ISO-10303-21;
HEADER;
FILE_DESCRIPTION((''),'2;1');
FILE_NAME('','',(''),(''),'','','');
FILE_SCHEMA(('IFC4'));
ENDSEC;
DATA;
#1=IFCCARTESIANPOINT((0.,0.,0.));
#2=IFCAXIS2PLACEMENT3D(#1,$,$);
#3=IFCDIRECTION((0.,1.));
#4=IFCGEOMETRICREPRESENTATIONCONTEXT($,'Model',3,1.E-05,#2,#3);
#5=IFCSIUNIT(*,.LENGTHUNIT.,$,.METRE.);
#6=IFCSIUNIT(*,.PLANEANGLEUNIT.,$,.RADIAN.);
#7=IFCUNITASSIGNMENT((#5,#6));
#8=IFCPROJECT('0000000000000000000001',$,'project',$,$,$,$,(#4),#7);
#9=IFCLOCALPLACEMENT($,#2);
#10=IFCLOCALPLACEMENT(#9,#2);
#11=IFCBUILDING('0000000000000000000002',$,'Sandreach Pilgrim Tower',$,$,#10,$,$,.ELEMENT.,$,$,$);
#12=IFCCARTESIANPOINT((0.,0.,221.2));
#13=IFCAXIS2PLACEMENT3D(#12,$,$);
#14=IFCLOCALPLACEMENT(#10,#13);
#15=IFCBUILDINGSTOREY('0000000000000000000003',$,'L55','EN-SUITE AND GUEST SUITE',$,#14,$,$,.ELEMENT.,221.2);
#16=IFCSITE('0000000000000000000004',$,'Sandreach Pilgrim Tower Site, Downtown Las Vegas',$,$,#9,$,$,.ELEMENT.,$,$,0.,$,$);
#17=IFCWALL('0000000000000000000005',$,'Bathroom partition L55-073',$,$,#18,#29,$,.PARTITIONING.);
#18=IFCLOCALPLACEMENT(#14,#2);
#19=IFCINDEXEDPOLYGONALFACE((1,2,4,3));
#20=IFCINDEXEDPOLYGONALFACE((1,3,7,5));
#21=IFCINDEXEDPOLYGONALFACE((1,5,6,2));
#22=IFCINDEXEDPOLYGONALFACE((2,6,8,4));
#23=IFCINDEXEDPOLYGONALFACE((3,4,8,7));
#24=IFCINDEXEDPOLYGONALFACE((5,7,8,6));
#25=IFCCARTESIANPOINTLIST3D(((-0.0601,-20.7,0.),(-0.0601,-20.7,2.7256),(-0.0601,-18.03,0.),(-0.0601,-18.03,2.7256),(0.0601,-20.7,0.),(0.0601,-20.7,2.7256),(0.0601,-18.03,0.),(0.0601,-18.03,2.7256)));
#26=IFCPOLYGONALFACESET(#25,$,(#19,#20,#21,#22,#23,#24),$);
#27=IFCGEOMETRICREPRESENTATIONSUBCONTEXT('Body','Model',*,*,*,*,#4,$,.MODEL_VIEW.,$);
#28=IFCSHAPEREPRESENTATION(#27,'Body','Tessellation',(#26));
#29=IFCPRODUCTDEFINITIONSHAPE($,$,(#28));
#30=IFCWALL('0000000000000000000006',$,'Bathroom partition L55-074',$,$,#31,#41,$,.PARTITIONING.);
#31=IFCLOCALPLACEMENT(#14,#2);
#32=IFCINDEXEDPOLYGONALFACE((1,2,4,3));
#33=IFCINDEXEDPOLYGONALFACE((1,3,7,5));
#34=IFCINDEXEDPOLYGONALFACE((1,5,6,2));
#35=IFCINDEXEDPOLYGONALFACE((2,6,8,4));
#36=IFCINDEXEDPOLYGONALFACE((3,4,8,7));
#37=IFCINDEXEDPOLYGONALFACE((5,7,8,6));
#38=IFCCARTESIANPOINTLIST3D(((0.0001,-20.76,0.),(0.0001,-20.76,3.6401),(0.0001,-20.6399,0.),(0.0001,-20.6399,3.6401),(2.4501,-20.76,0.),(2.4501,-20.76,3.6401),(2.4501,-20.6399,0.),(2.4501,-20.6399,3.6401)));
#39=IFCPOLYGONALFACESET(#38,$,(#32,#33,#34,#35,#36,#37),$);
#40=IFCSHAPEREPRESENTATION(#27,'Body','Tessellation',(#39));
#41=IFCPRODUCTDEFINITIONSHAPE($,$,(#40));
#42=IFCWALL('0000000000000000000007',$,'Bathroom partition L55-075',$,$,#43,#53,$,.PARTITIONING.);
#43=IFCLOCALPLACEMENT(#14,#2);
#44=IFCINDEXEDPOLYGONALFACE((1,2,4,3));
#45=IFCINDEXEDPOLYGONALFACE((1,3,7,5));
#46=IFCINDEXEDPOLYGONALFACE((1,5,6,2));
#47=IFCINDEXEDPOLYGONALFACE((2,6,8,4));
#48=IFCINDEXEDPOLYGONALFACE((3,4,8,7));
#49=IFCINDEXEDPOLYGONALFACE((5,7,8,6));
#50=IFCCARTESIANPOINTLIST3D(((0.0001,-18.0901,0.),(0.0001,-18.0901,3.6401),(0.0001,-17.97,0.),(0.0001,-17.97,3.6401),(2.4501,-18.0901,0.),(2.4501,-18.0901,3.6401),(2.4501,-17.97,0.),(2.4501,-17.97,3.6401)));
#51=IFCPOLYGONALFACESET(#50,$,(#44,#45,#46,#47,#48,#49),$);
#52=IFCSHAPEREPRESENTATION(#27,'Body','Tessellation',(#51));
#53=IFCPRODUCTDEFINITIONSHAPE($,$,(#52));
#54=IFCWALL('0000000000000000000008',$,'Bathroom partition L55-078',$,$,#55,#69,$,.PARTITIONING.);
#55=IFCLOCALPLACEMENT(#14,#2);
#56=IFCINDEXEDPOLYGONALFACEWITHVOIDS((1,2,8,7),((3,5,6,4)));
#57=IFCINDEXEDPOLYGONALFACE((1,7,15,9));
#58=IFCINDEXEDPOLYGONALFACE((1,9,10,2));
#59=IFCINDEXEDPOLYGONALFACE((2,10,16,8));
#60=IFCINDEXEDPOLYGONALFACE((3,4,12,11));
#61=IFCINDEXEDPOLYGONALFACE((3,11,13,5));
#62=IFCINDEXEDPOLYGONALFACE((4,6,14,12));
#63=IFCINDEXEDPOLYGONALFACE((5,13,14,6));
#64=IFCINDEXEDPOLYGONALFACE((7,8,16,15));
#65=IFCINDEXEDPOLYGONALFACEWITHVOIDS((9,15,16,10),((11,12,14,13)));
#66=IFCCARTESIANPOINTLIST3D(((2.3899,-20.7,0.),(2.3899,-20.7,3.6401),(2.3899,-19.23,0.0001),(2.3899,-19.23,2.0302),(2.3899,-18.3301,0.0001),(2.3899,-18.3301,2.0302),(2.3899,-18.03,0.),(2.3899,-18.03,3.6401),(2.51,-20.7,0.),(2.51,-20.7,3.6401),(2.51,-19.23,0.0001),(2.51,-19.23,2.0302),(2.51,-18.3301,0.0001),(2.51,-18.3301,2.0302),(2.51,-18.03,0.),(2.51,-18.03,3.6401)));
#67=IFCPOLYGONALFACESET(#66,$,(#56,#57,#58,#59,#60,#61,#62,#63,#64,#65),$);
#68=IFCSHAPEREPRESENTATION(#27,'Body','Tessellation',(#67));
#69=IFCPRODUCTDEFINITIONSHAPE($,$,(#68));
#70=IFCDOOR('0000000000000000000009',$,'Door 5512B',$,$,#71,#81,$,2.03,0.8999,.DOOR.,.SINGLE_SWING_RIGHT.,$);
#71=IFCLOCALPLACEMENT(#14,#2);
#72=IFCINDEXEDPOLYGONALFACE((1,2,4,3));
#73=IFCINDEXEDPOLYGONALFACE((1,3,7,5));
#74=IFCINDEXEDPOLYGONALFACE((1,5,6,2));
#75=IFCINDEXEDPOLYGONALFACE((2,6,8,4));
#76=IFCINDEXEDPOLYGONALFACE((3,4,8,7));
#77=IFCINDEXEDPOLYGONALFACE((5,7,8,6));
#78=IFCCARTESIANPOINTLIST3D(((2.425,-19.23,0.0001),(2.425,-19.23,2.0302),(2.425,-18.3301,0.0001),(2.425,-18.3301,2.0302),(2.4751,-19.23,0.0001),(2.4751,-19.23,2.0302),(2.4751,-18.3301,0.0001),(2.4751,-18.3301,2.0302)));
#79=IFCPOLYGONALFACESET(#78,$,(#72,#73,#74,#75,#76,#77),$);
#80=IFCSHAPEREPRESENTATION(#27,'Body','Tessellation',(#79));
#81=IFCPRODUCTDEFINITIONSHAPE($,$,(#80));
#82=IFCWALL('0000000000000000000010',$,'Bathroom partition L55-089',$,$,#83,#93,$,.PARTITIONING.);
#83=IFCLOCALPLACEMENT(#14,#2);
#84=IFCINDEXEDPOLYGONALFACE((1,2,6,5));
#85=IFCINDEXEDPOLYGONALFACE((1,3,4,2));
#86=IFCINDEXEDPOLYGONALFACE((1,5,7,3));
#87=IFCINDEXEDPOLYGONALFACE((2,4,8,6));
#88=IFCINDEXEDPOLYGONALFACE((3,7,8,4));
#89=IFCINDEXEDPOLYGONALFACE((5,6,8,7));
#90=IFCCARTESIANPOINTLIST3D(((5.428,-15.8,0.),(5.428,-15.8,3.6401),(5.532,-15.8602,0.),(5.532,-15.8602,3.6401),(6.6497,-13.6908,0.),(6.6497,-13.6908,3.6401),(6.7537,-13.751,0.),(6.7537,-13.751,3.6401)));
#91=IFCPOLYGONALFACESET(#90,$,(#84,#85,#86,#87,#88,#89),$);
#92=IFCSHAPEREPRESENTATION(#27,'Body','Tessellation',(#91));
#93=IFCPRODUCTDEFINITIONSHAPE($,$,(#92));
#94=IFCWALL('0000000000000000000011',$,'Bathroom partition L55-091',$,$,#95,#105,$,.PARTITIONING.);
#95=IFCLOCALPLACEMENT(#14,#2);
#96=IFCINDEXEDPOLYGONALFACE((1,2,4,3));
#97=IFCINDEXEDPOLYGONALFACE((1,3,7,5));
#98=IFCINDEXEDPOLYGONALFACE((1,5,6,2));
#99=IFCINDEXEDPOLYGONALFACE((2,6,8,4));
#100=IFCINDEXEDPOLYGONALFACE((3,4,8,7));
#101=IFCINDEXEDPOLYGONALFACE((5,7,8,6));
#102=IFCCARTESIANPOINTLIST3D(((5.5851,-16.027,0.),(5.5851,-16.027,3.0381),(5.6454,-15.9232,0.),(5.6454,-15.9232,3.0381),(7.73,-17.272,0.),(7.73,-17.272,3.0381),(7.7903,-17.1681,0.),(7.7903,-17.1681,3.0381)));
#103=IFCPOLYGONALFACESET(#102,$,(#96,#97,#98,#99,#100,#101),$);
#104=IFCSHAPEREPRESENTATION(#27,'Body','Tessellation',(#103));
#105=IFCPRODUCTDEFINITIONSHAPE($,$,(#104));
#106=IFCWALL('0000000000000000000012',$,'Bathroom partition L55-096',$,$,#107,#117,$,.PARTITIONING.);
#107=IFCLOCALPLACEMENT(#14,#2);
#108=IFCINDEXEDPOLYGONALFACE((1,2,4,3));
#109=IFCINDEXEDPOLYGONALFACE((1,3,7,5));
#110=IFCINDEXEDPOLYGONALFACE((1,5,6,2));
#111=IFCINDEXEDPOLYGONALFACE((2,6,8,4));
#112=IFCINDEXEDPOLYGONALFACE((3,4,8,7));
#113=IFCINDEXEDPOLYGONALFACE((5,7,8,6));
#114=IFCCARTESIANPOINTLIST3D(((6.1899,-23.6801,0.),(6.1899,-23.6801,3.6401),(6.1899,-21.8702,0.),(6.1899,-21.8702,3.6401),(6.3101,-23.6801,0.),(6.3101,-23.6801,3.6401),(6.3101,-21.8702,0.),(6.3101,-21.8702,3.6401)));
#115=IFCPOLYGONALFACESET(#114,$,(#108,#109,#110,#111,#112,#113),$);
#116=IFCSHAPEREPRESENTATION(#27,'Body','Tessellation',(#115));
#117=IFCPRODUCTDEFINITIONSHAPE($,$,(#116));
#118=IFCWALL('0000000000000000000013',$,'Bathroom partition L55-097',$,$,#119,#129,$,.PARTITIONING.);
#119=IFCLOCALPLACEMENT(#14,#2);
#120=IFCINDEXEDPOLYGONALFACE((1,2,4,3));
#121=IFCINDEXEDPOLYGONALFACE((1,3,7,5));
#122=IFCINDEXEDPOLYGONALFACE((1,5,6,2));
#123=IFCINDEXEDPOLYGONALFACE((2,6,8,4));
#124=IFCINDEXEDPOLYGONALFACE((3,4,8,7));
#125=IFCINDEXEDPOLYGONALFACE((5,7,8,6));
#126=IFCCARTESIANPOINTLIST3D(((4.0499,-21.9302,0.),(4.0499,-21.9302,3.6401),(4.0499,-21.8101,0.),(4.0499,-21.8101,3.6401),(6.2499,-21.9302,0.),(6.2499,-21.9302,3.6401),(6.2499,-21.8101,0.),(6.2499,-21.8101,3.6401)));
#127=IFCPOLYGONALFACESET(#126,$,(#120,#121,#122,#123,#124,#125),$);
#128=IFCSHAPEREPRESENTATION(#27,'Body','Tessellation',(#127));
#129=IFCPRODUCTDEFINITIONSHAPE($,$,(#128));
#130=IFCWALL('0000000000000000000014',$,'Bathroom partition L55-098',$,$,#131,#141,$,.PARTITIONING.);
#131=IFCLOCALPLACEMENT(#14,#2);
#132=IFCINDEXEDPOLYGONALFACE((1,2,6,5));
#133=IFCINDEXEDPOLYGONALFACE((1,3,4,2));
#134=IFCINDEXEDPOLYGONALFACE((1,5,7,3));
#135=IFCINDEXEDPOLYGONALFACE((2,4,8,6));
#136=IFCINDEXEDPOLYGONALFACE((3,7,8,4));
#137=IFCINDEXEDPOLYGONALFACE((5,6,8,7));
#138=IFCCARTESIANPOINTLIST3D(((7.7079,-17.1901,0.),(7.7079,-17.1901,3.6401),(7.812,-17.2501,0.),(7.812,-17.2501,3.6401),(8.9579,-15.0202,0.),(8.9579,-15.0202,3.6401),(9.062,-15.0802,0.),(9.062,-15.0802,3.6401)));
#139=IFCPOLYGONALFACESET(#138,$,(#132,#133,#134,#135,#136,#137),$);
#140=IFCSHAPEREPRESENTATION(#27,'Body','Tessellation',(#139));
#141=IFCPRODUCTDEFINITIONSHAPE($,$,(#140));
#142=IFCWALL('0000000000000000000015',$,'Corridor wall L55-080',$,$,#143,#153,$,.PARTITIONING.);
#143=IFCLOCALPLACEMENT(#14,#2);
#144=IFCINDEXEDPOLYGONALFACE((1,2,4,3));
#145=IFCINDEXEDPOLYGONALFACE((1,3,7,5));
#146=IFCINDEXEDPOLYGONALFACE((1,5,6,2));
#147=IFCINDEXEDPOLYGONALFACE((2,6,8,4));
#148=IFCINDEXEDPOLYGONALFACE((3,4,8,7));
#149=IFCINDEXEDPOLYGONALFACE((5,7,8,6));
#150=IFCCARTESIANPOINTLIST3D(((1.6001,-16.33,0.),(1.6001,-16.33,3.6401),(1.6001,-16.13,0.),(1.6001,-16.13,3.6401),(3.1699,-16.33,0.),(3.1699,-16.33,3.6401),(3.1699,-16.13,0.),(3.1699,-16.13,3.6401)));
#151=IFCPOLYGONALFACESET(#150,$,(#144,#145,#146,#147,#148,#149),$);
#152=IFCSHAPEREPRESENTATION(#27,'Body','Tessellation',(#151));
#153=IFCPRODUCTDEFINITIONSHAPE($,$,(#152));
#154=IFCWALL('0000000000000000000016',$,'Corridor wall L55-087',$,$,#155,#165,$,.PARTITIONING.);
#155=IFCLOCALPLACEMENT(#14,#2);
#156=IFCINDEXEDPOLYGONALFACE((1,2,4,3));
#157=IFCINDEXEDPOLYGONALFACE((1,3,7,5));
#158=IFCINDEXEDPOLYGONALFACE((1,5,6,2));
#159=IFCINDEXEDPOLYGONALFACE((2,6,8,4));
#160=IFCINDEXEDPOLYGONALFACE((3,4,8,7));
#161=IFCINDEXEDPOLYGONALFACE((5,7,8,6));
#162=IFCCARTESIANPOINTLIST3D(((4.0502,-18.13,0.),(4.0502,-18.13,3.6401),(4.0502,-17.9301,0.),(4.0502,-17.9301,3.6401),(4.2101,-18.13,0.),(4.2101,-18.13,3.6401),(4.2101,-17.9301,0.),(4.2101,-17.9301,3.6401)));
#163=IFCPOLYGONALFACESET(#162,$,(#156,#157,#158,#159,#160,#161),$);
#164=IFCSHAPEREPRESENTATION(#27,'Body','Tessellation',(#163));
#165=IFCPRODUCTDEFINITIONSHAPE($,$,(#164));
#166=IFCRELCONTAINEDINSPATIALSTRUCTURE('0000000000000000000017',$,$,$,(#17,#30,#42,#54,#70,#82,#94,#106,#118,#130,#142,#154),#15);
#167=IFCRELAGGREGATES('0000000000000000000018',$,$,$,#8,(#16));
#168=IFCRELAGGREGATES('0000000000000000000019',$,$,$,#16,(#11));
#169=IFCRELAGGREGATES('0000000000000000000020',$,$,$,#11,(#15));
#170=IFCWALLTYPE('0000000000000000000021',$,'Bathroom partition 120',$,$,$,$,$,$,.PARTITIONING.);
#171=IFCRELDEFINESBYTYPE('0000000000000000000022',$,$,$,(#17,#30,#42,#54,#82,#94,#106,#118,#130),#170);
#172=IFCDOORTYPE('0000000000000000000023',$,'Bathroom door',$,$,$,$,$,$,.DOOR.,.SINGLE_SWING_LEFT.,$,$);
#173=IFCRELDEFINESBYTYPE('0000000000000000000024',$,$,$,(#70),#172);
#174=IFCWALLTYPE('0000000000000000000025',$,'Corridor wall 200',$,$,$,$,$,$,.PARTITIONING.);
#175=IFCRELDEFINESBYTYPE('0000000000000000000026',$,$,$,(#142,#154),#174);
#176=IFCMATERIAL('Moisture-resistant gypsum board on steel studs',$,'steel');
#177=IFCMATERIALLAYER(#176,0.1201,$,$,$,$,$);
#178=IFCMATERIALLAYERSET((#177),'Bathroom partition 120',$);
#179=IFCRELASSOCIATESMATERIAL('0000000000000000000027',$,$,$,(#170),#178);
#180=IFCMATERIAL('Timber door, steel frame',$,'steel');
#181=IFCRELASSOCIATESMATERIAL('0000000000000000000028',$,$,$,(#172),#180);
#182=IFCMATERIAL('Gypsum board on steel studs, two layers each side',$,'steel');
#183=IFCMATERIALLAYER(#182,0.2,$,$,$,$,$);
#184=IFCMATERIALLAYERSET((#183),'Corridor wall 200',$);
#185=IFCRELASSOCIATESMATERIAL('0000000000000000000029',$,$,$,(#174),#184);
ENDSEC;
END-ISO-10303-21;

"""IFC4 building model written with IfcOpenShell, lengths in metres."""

from ifc_helpers import new_model, si_unit, direction, frame, frame_2d, origin, place, context, subcontext, project, spatial, rectangle, extrude, material, layer, layer_set, type_object, element, fill, save


model = new_model("IFC4")

# Units and contexts
model_context = context("Model", 3, precision=1e-05, world=origin(), true_north=direction((0.0, 1.0)))
body_context = subcontext(model_context, "Body", "Model", "MODEL_VIEW")
ifc_project = project(units=[si_unit("LENGTHUNIT", "METRE"), si_unit("PLANEANGLEUNIT", "RADIAN")], contexts=[model_context])

# Site, building, storey
site_placement = place(None, origin())
site = spatial("IfcSite", under=ifc_project, at=site_placement, Name="Sandreach Pilgrim Tower Site, Downtown Las Vegas", CompositionType="ELEMENT", RefElevation=0.0)
building_placement = place(site_placement, origin())
building = spatial("IfcBuilding", under=site, at=building_placement, Name="Sandreach Pilgrim Tower", CompositionType="ELEMENT")
storey_placement = place(building_placement, frame((0.0, 0.0, 221.2)))
storey = spatial("IfcBuildingStorey", under=building, at=storey_placement, Name="L55", Description="EN-SUITE AND GUEST SUITE", CompositionType="ELEMENT", Elevation=221.2)

# Walls
ifc_material_1 = material(Name="Moisture-resistant gypsum board on steel studs", Category="steel")
ifc_layer_1 = layer(ifc_material_1, 0.1201)
ifc_layer_set_1 = layer_set([ifc_layer_1], Name="Bathroom partition 120")
wall_type_1 = type_object("IfcWallType", Name="Bathroom partition 120", PredefinedType="PARTITIONING", material=ifc_layer_set_1)
wall_1_placement = place(storey_placement, frame((0.0, -20.7, 0.0), z_axis=(0.0, 0.0, 1.0), x_axis=(0.0, 1.0, 0.0)))
element("IfcWall", 1, at=wall_1_placement, inside=storey, type_object=wall_type_1, Name="Bathroom partition L55-073", PredefinedType="PARTITIONING", context=body_context, shape_type="SweptSolid", body=[
    extrude(rectangle(XDim=2.6699, YDim=0.1201, at=frame_2d((1.335, 0.0))), origin(), (0.0, 0.0, 1.0), 2.7256),
])
for number, where, z_axis, x_axis, name in (
    (2, (0.0, -20.7, 0.0), (0.0, 0.0, 1.0), (1.0, 0.0, 0.0), "Bathroom partition L55-074"),
    (3, (0.0, -18.03, 0.0), (0.0, 0.0, 1.0), (1.0, 0.0, 0.0), "Bathroom partition L55-075"),
):
    element("IfcWall", number, at=place(storey_placement, frame(where, z_axis=z_axis, x_axis=x_axis)), inside=storey, type_object=wall_type_1, Name=name, PredefinedType="PARTITIONING", context=body_context, shape_type="SweptSolid", body=[
        extrude(rectangle(XDim=2.45, YDim=0.1201, at=frame_2d((1.2251, 0.0))), origin(), (0.0, 0.0, 1.0), 3.6401),
    ])

# Wall, opening, door
wall_2_placement = place(storey_placement, frame((2.45, -20.7, 0.0), z_axis=(0.0, 0.0, 1.0), x_axis=(0.0, 1.0, 0.0)))
wall_2 = element("IfcWall", 4, at=wall_2_placement, inside=storey, type_object=wall_type_1, Name="Bathroom partition L55-078", PredefinedType="PARTITIONING", context=body_context, shape_type="SweptSolid", body=[
    extrude(rectangle(XDim=2.6699, YDim=0.1201, at=frame_2d((1.335, 0.0))), origin(), (0.0, 0.0, 1.0), 3.6401),
])
opening_1_placement = place(wall_2_placement, frame((1.47, 0.0, 0.0)))
opening_1 = element("IfcOpeningElement", 5, at=opening_1_placement, cuts=wall_2, PredefinedType="OPENING", context=body_context, shape_type="SweptSolid", body=[
    extrude(rectangle(XDim=0.8999, YDim=2.03, at=frame_2d((0.45, 1.0151))), frame((0.0, 0.0601, 0.0), z_axis=(0.0, -1.0, 0.0), x_axis=(1.0, 0.0, 0.0)), (0.0, 0.0, 1.0), 0.1201),
])
ifc_material_2 = material(Name="Timber door, steel frame", Category="steel")
door_type_1 = type_object("IfcDoorType", Name="Bathroom door", OperationType="SINGLE_SWING_LEFT", PredefinedType="DOOR", material=ifc_material_2)
door_1_placement = place(opening_1_placement, origin())
door_1 = element("IfcDoor", 6, at=door_1_placement, inside=storey, type_object=door_type_1, Name="Door 5512B", OperationType="SINGLE_SWING_RIGHT", OverallHeight=2.03, OverallWidth=0.8999, PredefinedType="DOOR", context=body_context, shape_type="SweptSolid", body=[
    extrude(rectangle(XDim=0.8999, YDim=2.03, at=frame_2d((0.45, 1.0151))), frame((0.0, 0.0249, 0.0), z_axis=(0.0, -1.0, 0.0), x_axis=(1.0, 0.0, 0.0)), (0.0, 0.0, 1.0), 0.05),
])
fill(opening_1, door_1)

# Walls
wall_3_placement = place(storey_placement, frame((5.48, -15.8301, 0.0), z_axis=(0.0, 0.0, 1.0), x_axis=(0.501222, 0.865319, 0.0)))
element("IfcWall", 7, at=wall_3_placement, inside=storey, type_object=wall_type_1, Name="Bathroom partition L55-089", PredefinedType="PARTITIONING", context=body_context, shape_type="SweptSolid", body=[
    extrude(rectangle(XDim=2.4375, YDim=0.1201, at=frame_2d((1.2188, 0.0))), origin(), (0.0, 0.0, 1.0), 3.6401),
])
wall_4_placement = place(storey_placement, frame((5.6152, -15.9751, 0.0), z_axis=(0.0, 0.0, 1.0), x_axis=(0.864873, -0.501991, 0.0)))
element("IfcWall", 8, at=wall_4_placement, inside=storey, type_object=wall_type_1, Name="Bathroom partition L55-091", PredefinedType="PARTITIONING", context=body_context, shape_type="SweptSolid", body=[
    extrude(rectangle(XDim=2.48, YDim=0.1201, at=frame_2d((1.24, 0.0))), origin(), (0.0, 0.0, 1.0), 3.0381),
])
wall_5_placement = place(storey_placement, frame((6.25, -23.6799, 0.0), z_axis=(0.0, 0.0, 1.0), x_axis=(0.0, 1.0, 0.0)))
element("IfcWall", 9, at=wall_5_placement, inside=storey, type_object=wall_type_1, Name="Bathroom partition L55-096", PredefinedType="PARTITIONING", context=body_context, shape_type="SweptSolid", body=[
    extrude(rectangle(XDim=1.8098, YDim=0.1201, at=frame_2d((0.9048, 0.0))), origin(), (0.0, 0.0, 1.0), 3.6401),
])
wall_6_placement = place(storey_placement, frame((6.25, -21.8701, 0.0), z_axis=(0.0, 0.0, 1.0), x_axis=(-1.0, 0.0, 0.0)))
element("IfcWall", 10, at=wall_6_placement, inside=storey, type_object=wall_type_1, Name="Bathroom partition L55-097", PredefinedType="PARTITIONING", context=body_context, shape_type="SweptSolid", body=[
    extrude(rectangle(XDim=2.2, YDim=0.1201, at=frame_2d((1.1001, 0.0))), origin(), (0.0, 0.0, 1.0), 3.6401),
])
wall_7_placement = place(storey_placement, frame((7.76, -17.22, 0.0), z_axis=(0.0, 0.0, 1.0), x_axis=(0.49916, 0.86651, 0.0)))
element("IfcWall", 11, at=wall_7_placement, inside=storey, type_object=wall_type_1, Name="Bathroom partition L55-098", PredefinedType="PARTITIONING", context=body_context, shape_type="SweptSolid", body=[
    extrude(rectangle(XDim=2.5042, YDim=0.1201, at=frame_2d((1.252, 0.0))), origin(), (0.0, 0.0, 1.0), 3.6401),
])

# Shared definitions
ifc_material_3 = material(Name="Gypsum board on steel studs, two layers each side", Category="steel")
ifc_layer_2 = layer(ifc_material_3, 0.2)
ifc_layer_set_2 = layer_set([ifc_layer_2], Name="Corridor wall 200")
wall_type_2 = type_object("IfcWallType", Name="Corridor wall 200", PredefinedType="PARTITIONING", material=ifc_layer_set_2)

# Walls
wall_8_placement = place(storey_placement, frame((3.1699, -16.23, 0.0), z_axis=(0.0, 0.0, 1.0), x_axis=(-1.0, 0.0, 0.0)))
element("IfcWall", 12, at=wall_8_placement, inside=storey, type_object=wall_type_2, Name="Corridor wall L55-080", PredefinedType="PARTITIONING", context=body_context, shape_type="SweptSolid", body=[
    extrude(rectangle(XDim=1.5698, YDim=0.2, at=frame_2d((0.7849, 0.0))), origin(), (0.0, 0.0, 1.0), 3.6401),
])
wall_9_placement = place(storey_placement, frame((4.05, -18.03, 0.0), z_axis=(0.0, 0.0, 1.0), x_axis=(1.0, 0.0, 0.0)))
element("IfcWall", 13, at=wall_9_placement, inside=storey, type_object=wall_type_2, Name="Corridor wall L55-087", PredefinedType="PARTITIONING", context=body_context, shape_type="SweptSolid", body=[
    extrude(rectangle(XDim=0.1599, YDim=0.2, at=frame_2d((0.0801, 0.0))), origin(), (0.0, 0.0, 1.0), 3.6401),
])

save(model, "model.ifc")
